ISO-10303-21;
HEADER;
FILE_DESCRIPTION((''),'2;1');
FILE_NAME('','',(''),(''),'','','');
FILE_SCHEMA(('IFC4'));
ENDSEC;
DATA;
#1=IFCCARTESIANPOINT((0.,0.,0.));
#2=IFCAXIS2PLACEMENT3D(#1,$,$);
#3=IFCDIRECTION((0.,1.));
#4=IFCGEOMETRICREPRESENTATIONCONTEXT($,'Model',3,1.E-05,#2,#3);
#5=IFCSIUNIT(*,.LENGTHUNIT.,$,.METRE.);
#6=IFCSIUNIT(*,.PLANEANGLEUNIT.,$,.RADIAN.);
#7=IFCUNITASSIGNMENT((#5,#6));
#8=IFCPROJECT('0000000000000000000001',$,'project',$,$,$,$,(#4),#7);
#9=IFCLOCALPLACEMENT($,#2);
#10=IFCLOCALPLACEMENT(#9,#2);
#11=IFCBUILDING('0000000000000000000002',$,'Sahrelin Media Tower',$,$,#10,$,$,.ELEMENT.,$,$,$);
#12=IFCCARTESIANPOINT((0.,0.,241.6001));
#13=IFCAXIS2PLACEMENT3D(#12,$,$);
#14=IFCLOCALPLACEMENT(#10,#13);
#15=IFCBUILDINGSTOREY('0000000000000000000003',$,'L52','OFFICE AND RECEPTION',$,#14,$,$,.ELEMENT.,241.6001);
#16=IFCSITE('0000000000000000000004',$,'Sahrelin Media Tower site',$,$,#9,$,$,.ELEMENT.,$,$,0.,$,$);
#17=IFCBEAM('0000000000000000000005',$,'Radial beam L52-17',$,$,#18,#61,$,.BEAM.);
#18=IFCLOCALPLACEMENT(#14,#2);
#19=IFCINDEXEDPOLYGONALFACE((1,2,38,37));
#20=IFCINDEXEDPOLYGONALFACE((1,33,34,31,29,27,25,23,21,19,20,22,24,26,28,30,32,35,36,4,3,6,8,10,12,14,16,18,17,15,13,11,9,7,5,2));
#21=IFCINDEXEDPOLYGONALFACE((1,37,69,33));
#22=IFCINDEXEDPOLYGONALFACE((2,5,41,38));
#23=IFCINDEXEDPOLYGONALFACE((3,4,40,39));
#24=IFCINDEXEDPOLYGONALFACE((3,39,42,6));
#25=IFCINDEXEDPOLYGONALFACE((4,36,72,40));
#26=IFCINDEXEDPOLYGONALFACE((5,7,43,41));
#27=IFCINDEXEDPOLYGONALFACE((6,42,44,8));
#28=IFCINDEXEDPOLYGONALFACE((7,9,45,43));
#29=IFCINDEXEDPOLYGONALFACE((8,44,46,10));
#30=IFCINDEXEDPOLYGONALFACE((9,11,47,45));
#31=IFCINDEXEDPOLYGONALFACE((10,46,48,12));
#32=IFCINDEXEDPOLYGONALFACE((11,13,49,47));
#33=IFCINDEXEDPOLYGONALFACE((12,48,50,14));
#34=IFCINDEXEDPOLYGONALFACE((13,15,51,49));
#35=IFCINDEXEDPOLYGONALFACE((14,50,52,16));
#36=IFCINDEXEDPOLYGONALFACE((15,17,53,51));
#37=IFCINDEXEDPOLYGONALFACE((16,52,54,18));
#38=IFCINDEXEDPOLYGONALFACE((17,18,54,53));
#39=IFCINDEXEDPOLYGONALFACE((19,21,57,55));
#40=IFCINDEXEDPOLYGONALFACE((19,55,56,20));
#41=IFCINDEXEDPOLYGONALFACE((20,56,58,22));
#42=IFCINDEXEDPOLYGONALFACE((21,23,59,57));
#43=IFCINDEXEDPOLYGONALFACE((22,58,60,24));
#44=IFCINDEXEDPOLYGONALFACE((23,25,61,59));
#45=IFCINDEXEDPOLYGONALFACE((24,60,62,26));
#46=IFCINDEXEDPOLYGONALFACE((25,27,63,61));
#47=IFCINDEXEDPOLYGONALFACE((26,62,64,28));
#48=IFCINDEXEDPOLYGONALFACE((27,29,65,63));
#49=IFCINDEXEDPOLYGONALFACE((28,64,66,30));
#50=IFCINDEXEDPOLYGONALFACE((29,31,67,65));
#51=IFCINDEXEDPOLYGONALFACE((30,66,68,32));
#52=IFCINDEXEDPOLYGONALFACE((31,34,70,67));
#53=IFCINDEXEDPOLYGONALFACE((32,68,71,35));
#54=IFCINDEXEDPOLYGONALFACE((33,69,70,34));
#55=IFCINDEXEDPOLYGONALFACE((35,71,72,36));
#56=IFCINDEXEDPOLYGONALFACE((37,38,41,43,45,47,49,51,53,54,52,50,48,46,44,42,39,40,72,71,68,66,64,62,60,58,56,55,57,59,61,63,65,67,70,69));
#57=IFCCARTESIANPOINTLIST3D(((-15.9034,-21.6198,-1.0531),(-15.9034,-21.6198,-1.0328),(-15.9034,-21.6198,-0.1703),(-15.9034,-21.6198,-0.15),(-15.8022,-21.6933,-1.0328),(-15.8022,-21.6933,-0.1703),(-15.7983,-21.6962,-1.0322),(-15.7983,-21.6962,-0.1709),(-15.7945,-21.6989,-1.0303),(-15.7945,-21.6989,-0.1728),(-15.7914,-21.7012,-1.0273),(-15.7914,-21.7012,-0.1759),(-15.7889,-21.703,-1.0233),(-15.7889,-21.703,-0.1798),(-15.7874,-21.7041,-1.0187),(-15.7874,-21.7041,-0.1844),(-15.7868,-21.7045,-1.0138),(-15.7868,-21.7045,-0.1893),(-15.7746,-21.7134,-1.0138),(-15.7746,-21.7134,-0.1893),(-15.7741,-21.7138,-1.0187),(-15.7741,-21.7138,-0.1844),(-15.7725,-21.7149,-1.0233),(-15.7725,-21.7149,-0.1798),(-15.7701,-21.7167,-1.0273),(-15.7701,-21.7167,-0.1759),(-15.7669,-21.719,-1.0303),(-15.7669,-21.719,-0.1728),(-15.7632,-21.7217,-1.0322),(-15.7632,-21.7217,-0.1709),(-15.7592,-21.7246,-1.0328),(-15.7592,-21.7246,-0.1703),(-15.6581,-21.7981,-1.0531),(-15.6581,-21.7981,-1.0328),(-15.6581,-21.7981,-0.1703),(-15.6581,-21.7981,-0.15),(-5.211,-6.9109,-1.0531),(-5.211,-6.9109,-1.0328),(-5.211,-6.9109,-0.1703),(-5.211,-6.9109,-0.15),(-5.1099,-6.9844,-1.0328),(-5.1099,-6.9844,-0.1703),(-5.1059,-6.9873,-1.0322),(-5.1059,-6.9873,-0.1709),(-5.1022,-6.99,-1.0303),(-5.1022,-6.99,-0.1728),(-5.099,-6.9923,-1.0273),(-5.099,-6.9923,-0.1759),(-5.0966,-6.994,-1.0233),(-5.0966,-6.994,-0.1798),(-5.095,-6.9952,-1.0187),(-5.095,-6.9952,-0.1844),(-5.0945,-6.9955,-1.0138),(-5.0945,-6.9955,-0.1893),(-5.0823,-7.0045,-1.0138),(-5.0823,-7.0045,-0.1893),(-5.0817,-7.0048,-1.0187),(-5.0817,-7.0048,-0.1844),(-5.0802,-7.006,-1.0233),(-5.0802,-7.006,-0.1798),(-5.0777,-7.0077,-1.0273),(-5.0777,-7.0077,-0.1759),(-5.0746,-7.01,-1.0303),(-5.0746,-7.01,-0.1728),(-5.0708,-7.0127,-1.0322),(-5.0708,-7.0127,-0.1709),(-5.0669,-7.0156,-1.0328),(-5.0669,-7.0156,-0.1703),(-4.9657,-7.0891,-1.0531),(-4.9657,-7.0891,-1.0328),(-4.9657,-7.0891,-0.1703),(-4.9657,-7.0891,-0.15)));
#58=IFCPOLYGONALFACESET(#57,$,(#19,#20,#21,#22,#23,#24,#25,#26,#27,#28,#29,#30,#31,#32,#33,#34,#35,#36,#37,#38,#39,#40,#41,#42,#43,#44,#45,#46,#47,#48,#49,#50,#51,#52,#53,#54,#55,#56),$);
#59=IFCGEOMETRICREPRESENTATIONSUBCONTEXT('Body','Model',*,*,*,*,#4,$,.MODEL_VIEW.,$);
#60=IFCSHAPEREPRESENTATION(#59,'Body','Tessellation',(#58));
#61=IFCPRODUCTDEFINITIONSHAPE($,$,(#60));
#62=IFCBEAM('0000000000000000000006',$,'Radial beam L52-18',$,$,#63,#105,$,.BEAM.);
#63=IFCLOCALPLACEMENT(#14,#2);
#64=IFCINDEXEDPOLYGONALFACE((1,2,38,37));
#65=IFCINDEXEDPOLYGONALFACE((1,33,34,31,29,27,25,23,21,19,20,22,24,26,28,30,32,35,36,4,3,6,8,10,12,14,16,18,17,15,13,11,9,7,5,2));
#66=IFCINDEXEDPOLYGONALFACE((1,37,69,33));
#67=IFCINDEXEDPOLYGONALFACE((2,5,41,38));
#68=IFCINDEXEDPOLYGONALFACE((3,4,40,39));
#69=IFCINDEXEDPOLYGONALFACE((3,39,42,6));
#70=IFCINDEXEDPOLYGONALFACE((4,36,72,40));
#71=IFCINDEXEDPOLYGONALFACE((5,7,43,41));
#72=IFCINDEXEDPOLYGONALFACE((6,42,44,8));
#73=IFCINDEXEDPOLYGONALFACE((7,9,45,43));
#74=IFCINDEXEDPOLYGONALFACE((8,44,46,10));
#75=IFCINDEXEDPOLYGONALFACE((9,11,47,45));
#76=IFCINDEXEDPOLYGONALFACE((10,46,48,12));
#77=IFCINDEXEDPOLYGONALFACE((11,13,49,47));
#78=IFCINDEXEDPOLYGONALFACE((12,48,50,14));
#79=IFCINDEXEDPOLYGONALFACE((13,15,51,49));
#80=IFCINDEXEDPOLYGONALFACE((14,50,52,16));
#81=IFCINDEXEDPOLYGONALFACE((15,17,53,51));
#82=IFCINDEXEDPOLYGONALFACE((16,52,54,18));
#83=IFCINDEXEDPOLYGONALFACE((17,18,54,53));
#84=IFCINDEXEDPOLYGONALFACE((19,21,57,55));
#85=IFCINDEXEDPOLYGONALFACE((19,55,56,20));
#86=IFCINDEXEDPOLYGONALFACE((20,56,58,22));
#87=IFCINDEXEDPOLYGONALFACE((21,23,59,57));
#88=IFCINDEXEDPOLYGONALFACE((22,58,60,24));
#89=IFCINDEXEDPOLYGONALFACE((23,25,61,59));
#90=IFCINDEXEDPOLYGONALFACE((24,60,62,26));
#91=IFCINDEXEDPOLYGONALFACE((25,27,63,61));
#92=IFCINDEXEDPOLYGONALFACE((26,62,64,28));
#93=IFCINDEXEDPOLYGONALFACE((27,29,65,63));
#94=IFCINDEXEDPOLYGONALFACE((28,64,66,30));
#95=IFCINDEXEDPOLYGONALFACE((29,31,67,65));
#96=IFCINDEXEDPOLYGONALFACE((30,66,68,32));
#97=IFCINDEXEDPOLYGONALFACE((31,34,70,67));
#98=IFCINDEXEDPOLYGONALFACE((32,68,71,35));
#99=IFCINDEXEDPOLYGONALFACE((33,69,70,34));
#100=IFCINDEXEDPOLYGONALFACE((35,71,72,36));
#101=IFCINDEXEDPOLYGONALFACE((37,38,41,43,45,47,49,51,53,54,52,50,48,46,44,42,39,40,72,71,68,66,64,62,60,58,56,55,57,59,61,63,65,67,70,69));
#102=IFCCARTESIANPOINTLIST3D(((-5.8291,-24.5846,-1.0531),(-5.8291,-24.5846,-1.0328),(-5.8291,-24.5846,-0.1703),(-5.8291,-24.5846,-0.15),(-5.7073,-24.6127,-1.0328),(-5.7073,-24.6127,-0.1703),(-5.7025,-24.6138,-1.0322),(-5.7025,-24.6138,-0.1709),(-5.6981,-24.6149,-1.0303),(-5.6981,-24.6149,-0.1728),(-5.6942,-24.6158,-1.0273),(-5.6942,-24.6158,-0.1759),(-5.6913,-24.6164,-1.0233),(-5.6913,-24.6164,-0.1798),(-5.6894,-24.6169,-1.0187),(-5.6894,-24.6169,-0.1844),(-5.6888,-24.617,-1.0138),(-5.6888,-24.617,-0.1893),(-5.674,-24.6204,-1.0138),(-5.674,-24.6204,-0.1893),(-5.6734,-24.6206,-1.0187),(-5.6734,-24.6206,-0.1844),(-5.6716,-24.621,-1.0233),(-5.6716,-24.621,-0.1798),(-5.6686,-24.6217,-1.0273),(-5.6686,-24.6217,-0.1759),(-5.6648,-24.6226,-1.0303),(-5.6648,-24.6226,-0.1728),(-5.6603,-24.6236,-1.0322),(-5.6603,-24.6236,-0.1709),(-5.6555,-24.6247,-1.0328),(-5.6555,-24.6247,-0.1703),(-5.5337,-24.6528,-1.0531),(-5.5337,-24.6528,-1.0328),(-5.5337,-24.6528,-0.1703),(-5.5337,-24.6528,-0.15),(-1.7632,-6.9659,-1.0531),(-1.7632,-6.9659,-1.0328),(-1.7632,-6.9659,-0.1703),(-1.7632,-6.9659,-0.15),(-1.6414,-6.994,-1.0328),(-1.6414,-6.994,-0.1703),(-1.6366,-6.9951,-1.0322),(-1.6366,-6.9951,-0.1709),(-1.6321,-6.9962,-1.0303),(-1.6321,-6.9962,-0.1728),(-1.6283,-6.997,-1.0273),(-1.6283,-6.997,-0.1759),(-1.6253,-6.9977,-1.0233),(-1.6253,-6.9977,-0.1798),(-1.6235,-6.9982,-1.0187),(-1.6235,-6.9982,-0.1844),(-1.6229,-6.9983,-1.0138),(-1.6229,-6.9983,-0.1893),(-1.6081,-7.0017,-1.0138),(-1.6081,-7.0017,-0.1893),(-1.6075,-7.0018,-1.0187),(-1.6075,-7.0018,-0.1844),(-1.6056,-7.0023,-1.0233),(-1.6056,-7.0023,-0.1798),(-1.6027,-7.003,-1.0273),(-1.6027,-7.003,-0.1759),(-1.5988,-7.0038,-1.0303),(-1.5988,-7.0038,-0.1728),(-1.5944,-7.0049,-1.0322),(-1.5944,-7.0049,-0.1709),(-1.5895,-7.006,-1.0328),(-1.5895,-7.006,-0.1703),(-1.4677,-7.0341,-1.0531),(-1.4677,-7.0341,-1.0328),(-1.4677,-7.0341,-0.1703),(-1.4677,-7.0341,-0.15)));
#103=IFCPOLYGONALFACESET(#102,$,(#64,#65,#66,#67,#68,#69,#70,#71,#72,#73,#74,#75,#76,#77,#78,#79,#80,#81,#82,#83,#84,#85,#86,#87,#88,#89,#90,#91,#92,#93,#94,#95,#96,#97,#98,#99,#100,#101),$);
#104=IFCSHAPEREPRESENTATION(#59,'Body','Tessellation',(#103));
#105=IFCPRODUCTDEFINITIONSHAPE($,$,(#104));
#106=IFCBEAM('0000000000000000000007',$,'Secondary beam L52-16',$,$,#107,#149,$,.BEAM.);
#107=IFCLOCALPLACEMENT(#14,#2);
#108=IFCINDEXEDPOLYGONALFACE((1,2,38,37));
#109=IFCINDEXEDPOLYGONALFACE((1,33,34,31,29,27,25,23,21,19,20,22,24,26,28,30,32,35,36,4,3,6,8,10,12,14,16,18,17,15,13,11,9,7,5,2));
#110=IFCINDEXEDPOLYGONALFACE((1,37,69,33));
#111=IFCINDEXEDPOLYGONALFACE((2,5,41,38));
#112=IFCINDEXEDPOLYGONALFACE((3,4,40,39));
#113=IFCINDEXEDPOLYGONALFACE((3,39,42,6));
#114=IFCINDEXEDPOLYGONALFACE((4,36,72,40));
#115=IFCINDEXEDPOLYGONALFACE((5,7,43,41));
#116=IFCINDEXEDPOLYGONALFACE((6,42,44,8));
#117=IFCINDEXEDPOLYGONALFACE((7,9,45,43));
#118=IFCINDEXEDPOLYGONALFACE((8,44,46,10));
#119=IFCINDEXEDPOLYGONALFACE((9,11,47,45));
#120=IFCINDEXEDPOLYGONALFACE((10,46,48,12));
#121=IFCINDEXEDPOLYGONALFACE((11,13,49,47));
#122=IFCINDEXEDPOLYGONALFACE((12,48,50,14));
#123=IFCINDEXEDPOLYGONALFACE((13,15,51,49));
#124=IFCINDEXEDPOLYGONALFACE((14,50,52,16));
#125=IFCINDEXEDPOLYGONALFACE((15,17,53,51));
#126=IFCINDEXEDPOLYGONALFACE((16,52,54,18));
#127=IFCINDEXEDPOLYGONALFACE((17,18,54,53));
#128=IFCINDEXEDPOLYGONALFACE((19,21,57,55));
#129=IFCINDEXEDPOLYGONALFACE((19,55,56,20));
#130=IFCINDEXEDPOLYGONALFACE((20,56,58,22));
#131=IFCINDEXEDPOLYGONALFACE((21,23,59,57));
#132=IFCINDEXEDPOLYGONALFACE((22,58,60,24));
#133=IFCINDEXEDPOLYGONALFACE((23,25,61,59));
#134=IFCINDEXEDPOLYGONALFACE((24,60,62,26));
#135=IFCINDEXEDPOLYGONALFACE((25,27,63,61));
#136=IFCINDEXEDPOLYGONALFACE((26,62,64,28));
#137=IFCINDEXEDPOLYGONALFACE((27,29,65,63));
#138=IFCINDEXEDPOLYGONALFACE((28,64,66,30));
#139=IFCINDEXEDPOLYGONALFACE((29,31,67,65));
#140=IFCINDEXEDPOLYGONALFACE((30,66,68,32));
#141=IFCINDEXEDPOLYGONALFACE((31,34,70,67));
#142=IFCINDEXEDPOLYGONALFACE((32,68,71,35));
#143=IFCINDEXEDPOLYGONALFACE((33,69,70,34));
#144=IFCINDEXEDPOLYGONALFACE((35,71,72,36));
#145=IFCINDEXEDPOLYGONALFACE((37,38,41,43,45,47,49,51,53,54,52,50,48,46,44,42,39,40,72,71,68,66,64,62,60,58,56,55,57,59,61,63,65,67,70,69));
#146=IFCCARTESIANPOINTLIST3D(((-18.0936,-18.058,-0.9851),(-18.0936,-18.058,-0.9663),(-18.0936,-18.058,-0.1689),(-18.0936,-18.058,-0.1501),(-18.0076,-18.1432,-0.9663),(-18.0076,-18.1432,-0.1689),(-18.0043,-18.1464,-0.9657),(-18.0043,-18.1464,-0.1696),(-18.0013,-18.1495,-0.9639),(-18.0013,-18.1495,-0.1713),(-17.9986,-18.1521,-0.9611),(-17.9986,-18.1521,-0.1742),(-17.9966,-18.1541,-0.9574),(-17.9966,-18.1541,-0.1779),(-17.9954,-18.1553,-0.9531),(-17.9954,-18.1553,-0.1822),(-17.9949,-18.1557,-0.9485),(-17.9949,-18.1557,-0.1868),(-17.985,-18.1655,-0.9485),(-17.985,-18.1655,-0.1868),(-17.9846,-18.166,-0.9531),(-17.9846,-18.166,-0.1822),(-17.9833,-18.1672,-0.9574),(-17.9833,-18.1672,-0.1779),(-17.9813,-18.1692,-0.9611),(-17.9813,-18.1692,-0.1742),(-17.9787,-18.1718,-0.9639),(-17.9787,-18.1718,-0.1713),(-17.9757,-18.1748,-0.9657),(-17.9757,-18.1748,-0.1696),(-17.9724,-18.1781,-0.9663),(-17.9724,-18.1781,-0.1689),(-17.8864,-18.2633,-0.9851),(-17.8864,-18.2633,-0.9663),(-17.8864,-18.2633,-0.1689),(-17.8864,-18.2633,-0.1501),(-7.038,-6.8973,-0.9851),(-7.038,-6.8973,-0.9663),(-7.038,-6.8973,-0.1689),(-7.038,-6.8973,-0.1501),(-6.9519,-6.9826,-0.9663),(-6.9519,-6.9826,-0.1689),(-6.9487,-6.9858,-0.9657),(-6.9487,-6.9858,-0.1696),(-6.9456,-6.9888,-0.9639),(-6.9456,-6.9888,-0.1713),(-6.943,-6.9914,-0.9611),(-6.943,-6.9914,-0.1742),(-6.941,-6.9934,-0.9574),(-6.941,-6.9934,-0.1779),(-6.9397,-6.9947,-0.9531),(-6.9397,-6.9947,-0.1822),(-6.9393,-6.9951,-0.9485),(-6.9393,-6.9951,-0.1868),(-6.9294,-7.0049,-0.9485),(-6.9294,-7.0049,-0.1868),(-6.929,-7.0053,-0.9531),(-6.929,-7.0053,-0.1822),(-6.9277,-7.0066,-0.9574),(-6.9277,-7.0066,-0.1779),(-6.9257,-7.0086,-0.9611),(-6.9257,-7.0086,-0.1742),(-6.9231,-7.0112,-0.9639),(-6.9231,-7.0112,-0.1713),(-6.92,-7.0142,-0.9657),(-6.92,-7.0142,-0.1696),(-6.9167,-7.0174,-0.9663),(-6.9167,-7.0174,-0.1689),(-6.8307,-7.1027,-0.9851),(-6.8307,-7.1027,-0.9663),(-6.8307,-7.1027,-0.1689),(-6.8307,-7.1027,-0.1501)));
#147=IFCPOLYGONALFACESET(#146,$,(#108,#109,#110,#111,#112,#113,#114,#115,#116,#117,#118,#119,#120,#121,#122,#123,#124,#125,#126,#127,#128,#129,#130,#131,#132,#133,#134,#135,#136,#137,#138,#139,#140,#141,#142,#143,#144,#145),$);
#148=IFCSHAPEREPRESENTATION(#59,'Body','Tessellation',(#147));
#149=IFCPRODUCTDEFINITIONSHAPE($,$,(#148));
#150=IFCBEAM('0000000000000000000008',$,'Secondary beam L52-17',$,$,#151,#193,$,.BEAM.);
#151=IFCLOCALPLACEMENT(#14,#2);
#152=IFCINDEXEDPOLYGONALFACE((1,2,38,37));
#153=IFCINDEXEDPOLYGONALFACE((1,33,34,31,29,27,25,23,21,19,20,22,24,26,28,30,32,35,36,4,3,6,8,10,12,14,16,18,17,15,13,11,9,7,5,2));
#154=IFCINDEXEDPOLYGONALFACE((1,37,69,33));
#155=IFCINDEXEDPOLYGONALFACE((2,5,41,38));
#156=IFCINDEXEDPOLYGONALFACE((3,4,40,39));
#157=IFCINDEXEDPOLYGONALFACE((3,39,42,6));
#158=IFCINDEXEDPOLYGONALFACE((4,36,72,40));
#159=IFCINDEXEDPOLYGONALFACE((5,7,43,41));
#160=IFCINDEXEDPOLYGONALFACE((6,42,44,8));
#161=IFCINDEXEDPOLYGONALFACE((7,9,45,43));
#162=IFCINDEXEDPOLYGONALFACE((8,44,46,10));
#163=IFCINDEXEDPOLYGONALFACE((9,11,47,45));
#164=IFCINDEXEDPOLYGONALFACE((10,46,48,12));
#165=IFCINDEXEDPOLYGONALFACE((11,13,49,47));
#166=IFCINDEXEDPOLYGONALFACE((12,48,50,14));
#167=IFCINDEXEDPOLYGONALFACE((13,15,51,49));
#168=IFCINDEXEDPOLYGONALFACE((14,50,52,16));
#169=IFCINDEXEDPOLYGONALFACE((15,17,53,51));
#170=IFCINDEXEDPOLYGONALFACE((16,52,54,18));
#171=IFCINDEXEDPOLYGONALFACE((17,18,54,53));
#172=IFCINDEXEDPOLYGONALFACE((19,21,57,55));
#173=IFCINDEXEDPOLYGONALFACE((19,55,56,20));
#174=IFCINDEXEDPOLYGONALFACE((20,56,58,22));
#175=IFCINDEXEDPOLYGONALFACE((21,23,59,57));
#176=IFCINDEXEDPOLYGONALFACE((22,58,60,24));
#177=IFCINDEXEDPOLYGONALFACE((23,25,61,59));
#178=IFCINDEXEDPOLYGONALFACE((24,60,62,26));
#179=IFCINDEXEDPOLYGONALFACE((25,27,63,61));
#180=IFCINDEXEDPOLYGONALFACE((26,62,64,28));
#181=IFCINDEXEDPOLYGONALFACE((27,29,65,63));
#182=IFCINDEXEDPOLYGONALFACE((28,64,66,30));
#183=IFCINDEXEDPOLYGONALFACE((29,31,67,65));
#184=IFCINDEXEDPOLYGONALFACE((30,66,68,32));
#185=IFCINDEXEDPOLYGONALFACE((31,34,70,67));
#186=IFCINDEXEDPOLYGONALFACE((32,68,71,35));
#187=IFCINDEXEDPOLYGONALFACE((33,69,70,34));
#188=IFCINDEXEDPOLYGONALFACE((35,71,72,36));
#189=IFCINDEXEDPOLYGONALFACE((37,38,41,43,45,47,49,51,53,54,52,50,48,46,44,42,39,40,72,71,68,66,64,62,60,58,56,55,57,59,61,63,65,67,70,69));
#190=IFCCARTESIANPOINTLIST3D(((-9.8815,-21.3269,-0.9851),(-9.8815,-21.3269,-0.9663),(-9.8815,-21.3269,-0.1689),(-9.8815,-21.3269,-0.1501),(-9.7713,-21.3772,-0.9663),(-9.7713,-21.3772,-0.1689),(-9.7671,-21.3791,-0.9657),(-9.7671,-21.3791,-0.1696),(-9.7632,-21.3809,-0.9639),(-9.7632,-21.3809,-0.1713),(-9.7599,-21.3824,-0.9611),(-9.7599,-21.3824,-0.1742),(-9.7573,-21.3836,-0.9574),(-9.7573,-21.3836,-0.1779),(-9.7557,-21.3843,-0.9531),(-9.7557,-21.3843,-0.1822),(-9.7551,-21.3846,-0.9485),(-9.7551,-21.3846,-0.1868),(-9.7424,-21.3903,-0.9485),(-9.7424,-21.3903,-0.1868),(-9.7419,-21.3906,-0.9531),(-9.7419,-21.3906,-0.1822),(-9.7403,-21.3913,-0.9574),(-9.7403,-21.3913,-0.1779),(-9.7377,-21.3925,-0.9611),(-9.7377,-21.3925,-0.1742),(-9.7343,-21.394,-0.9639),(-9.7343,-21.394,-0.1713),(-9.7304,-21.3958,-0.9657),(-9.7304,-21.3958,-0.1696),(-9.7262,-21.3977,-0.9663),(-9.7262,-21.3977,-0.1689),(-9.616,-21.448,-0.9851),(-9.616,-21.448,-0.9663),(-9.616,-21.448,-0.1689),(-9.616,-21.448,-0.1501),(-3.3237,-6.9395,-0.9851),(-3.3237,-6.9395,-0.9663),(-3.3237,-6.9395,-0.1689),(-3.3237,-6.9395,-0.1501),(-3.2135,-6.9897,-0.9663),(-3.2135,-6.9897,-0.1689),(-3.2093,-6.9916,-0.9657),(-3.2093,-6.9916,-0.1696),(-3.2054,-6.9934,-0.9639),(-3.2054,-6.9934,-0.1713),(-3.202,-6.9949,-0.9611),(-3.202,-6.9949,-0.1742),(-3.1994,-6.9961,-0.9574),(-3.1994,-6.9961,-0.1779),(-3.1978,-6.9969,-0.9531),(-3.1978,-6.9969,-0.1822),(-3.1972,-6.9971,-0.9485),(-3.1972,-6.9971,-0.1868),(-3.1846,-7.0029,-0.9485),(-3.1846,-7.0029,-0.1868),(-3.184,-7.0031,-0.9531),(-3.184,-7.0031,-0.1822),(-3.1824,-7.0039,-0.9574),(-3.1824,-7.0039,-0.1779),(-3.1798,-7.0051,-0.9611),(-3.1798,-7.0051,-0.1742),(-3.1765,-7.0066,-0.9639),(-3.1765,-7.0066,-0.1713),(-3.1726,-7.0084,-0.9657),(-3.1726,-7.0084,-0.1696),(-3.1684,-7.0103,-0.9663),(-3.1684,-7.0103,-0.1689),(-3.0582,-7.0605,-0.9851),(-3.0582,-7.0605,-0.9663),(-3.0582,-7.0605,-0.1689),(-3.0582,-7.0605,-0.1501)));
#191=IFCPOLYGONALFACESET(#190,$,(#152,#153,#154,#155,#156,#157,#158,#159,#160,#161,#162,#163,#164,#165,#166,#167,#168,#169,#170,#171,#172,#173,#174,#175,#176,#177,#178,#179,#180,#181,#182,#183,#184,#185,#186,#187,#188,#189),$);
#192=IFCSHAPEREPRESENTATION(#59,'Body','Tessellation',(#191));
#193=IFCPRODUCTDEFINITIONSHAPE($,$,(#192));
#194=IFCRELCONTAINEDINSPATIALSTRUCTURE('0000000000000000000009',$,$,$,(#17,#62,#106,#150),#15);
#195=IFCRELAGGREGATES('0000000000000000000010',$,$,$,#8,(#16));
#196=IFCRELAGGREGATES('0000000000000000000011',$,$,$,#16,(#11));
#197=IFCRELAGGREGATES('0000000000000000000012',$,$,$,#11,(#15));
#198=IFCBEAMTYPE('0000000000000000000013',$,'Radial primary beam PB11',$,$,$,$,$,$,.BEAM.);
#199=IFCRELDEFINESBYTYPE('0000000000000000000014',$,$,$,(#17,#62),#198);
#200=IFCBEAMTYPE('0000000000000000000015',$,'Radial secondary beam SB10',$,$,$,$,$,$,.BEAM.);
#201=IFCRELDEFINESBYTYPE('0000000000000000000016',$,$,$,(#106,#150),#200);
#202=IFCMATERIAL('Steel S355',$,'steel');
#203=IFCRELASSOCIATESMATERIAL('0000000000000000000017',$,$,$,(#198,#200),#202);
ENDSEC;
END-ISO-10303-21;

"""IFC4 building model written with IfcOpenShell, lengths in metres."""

from ifc_helpers import new_model, si_unit, direction, frame, origin, origin_2d, place, context, subcontext, project, spatial, i_section, extrude, material, material_profile, profile_set, type_object, element, save


model = new_model("IFC4")

# Units and contexts
model_context = context("Model", 3, precision=1e-05, world=origin(), true_north=direction((0.0, 1.0)))
body_context = subcontext(model_context, "Body", "Model", "MODEL_VIEW")
ifc_project = project(units=[si_unit("LENGTHUNIT", "METRE"), si_unit("PLANEANGLEUNIT", "RADIAN")], contexts=[model_context])

# Site, building, storey
site_placement = place(None, origin())
site = spatial("IfcSite", under=ifc_project, at=site_placement, Name="Sahrelin Media Tower site", CompositionType="ELEMENT", RefElevation=0.0)
building_placement = place(site_placement, origin())
building = spatial("IfcBuilding", under=site, at=building_placement, Name="Sahrelin Media Tower", CompositionType="ELEMENT")
storey_placement = place(building_placement, frame((0.0, 0.0, 241.6001)))
storey = spatial("IfcBuildingStorey", under=building, at=storey_placement, Name="L52", Description="OFFICE AND RECEPTION", CompositionType="ELEMENT", Elevation=241.6001)

# Shared definitions
ifc_material_1 = material(Name="Steel S355", Category="steel")

# Beams
ifc_material_profile_1 = material_profile(ifc_material_1, i_section(OverallWidth=0.3032, OverallDepth=0.9031, WebThickness=0.0151, FlangeThickness=0.0203, FilletRadius=0.019, at=origin_2d()), Name="UB 914x305x201")
ifc_profile_set_1 = profile_set([ifc_material_profile_1], Name="Steel S355")
beam_type_1 = type_object("IfcBeamType", Name="Radial primary beam PB11", PredefinedType="BEAM", material=ifc_profile_set_1)
beam_1_placement = place(storey_placement, frame((-5.0884, -7.0, -0.6016), z_axis=(-0.58799, -0.808868, 0.0), x_axis=(0.808868, -0.58799, 0.0)))
element("IfcBeam", 1, at=beam_1_placement, inside=storey, type_object=beam_type_1, Name="Radial beam L52-17", PredefinedType="BEAM", context=body_context, shape_type="SweptSolid", body=[
    extrude(i_section(OverallWidth=0.3032, OverallDepth=0.9031, WebThickness=0.0151, FlangeThickness=0.0203, FilletRadius=0.019, at=origin_2d()), origin(), (0.0, 0.0, 1.0), 18.1846),
])
beam_2_placement = place(storey_placement, frame((-1.6155, -7.0, -0.6016), z_axis=(-0.224863, -0.97439, 0.0), x_axis=(0.97439, -0.224863, 0.0)))
element("IfcBeam", 2, at=beam_2_placement, inside=storey, type_object=beam_type_1, Name="Radial beam L52-18", PredefinedType="BEAM", context=body_context, shape_type="SweptSolid", body=[
    extrude(i_section(OverallWidth=0.3032, OverallDepth=0.9031, WebThickness=0.0151, FlangeThickness=0.0203, FilletRadius=0.019, at=origin_2d()), origin(), (0.0, 0.0, 1.0), 18.0818),
])
ifc_material_profile_2 = material_profile(ifc_material_1, i_section(OverallWidth=0.2917, OverallDepth=0.835, WebThickness=0.0139, FlangeThickness=0.0188, FilletRadius=0.0178, at=origin_2d()), Name="UB 838x292x176")
ifc_profile_set_2 = profile_set([ifc_material_profile_2], Name="Steel S355")
beam_type_2 = type_object("IfcBeamType", Name="Radial secondary beam SB10", PredefinedType="BEAM", material=ifc_profile_set_2)
beam_3_placement = place(storey_placement, frame((-6.9343, -7.0, -0.5676), z_axis=(-0.703758, -0.71044, 0.0), x_axis=(0.71044, -0.703758, 0.0)))
element("IfcBeam", 3, at=beam_3_placement, inside=storey, type_object=beam_type_2, Name="Secondary beam L52-16", PredefinedType="BEAM", context=body_context, shape_type="SweptSolid", body=[
    extrude(i_section(OverallWidth=0.2917, OverallDepth=0.835, WebThickness=0.0139, FlangeThickness=0.0188, FilletRadius=0.0178, at=origin_2d()), origin(), (0.0, 0.0, 1.0), 15.7095),
])
beam_4_placement = place(storey_placement, frame((-3.1909, -7.0, -0.5676), z_axis=(-0.414752, -0.909934, 0.0), x_axis=(0.909934, -0.414752, 0.0)))
element("IfcBeam", 4, at=beam_4_placement, inside=storey, type_object=beam_type_2, Name="Secondary beam L52-17", PredefinedType="BEAM", context=body_context, shape_type="SweptSolid", body=[
    extrude(i_section(OverallWidth=0.2917, OverallDepth=0.835, WebThickness=0.0139, FlangeThickness=0.0188, FilletRadius=0.0178, at=origin_2d()), origin(), (0.0, 0.0, 1.0), 15.8115),
])

save(model, "model.ifc")
